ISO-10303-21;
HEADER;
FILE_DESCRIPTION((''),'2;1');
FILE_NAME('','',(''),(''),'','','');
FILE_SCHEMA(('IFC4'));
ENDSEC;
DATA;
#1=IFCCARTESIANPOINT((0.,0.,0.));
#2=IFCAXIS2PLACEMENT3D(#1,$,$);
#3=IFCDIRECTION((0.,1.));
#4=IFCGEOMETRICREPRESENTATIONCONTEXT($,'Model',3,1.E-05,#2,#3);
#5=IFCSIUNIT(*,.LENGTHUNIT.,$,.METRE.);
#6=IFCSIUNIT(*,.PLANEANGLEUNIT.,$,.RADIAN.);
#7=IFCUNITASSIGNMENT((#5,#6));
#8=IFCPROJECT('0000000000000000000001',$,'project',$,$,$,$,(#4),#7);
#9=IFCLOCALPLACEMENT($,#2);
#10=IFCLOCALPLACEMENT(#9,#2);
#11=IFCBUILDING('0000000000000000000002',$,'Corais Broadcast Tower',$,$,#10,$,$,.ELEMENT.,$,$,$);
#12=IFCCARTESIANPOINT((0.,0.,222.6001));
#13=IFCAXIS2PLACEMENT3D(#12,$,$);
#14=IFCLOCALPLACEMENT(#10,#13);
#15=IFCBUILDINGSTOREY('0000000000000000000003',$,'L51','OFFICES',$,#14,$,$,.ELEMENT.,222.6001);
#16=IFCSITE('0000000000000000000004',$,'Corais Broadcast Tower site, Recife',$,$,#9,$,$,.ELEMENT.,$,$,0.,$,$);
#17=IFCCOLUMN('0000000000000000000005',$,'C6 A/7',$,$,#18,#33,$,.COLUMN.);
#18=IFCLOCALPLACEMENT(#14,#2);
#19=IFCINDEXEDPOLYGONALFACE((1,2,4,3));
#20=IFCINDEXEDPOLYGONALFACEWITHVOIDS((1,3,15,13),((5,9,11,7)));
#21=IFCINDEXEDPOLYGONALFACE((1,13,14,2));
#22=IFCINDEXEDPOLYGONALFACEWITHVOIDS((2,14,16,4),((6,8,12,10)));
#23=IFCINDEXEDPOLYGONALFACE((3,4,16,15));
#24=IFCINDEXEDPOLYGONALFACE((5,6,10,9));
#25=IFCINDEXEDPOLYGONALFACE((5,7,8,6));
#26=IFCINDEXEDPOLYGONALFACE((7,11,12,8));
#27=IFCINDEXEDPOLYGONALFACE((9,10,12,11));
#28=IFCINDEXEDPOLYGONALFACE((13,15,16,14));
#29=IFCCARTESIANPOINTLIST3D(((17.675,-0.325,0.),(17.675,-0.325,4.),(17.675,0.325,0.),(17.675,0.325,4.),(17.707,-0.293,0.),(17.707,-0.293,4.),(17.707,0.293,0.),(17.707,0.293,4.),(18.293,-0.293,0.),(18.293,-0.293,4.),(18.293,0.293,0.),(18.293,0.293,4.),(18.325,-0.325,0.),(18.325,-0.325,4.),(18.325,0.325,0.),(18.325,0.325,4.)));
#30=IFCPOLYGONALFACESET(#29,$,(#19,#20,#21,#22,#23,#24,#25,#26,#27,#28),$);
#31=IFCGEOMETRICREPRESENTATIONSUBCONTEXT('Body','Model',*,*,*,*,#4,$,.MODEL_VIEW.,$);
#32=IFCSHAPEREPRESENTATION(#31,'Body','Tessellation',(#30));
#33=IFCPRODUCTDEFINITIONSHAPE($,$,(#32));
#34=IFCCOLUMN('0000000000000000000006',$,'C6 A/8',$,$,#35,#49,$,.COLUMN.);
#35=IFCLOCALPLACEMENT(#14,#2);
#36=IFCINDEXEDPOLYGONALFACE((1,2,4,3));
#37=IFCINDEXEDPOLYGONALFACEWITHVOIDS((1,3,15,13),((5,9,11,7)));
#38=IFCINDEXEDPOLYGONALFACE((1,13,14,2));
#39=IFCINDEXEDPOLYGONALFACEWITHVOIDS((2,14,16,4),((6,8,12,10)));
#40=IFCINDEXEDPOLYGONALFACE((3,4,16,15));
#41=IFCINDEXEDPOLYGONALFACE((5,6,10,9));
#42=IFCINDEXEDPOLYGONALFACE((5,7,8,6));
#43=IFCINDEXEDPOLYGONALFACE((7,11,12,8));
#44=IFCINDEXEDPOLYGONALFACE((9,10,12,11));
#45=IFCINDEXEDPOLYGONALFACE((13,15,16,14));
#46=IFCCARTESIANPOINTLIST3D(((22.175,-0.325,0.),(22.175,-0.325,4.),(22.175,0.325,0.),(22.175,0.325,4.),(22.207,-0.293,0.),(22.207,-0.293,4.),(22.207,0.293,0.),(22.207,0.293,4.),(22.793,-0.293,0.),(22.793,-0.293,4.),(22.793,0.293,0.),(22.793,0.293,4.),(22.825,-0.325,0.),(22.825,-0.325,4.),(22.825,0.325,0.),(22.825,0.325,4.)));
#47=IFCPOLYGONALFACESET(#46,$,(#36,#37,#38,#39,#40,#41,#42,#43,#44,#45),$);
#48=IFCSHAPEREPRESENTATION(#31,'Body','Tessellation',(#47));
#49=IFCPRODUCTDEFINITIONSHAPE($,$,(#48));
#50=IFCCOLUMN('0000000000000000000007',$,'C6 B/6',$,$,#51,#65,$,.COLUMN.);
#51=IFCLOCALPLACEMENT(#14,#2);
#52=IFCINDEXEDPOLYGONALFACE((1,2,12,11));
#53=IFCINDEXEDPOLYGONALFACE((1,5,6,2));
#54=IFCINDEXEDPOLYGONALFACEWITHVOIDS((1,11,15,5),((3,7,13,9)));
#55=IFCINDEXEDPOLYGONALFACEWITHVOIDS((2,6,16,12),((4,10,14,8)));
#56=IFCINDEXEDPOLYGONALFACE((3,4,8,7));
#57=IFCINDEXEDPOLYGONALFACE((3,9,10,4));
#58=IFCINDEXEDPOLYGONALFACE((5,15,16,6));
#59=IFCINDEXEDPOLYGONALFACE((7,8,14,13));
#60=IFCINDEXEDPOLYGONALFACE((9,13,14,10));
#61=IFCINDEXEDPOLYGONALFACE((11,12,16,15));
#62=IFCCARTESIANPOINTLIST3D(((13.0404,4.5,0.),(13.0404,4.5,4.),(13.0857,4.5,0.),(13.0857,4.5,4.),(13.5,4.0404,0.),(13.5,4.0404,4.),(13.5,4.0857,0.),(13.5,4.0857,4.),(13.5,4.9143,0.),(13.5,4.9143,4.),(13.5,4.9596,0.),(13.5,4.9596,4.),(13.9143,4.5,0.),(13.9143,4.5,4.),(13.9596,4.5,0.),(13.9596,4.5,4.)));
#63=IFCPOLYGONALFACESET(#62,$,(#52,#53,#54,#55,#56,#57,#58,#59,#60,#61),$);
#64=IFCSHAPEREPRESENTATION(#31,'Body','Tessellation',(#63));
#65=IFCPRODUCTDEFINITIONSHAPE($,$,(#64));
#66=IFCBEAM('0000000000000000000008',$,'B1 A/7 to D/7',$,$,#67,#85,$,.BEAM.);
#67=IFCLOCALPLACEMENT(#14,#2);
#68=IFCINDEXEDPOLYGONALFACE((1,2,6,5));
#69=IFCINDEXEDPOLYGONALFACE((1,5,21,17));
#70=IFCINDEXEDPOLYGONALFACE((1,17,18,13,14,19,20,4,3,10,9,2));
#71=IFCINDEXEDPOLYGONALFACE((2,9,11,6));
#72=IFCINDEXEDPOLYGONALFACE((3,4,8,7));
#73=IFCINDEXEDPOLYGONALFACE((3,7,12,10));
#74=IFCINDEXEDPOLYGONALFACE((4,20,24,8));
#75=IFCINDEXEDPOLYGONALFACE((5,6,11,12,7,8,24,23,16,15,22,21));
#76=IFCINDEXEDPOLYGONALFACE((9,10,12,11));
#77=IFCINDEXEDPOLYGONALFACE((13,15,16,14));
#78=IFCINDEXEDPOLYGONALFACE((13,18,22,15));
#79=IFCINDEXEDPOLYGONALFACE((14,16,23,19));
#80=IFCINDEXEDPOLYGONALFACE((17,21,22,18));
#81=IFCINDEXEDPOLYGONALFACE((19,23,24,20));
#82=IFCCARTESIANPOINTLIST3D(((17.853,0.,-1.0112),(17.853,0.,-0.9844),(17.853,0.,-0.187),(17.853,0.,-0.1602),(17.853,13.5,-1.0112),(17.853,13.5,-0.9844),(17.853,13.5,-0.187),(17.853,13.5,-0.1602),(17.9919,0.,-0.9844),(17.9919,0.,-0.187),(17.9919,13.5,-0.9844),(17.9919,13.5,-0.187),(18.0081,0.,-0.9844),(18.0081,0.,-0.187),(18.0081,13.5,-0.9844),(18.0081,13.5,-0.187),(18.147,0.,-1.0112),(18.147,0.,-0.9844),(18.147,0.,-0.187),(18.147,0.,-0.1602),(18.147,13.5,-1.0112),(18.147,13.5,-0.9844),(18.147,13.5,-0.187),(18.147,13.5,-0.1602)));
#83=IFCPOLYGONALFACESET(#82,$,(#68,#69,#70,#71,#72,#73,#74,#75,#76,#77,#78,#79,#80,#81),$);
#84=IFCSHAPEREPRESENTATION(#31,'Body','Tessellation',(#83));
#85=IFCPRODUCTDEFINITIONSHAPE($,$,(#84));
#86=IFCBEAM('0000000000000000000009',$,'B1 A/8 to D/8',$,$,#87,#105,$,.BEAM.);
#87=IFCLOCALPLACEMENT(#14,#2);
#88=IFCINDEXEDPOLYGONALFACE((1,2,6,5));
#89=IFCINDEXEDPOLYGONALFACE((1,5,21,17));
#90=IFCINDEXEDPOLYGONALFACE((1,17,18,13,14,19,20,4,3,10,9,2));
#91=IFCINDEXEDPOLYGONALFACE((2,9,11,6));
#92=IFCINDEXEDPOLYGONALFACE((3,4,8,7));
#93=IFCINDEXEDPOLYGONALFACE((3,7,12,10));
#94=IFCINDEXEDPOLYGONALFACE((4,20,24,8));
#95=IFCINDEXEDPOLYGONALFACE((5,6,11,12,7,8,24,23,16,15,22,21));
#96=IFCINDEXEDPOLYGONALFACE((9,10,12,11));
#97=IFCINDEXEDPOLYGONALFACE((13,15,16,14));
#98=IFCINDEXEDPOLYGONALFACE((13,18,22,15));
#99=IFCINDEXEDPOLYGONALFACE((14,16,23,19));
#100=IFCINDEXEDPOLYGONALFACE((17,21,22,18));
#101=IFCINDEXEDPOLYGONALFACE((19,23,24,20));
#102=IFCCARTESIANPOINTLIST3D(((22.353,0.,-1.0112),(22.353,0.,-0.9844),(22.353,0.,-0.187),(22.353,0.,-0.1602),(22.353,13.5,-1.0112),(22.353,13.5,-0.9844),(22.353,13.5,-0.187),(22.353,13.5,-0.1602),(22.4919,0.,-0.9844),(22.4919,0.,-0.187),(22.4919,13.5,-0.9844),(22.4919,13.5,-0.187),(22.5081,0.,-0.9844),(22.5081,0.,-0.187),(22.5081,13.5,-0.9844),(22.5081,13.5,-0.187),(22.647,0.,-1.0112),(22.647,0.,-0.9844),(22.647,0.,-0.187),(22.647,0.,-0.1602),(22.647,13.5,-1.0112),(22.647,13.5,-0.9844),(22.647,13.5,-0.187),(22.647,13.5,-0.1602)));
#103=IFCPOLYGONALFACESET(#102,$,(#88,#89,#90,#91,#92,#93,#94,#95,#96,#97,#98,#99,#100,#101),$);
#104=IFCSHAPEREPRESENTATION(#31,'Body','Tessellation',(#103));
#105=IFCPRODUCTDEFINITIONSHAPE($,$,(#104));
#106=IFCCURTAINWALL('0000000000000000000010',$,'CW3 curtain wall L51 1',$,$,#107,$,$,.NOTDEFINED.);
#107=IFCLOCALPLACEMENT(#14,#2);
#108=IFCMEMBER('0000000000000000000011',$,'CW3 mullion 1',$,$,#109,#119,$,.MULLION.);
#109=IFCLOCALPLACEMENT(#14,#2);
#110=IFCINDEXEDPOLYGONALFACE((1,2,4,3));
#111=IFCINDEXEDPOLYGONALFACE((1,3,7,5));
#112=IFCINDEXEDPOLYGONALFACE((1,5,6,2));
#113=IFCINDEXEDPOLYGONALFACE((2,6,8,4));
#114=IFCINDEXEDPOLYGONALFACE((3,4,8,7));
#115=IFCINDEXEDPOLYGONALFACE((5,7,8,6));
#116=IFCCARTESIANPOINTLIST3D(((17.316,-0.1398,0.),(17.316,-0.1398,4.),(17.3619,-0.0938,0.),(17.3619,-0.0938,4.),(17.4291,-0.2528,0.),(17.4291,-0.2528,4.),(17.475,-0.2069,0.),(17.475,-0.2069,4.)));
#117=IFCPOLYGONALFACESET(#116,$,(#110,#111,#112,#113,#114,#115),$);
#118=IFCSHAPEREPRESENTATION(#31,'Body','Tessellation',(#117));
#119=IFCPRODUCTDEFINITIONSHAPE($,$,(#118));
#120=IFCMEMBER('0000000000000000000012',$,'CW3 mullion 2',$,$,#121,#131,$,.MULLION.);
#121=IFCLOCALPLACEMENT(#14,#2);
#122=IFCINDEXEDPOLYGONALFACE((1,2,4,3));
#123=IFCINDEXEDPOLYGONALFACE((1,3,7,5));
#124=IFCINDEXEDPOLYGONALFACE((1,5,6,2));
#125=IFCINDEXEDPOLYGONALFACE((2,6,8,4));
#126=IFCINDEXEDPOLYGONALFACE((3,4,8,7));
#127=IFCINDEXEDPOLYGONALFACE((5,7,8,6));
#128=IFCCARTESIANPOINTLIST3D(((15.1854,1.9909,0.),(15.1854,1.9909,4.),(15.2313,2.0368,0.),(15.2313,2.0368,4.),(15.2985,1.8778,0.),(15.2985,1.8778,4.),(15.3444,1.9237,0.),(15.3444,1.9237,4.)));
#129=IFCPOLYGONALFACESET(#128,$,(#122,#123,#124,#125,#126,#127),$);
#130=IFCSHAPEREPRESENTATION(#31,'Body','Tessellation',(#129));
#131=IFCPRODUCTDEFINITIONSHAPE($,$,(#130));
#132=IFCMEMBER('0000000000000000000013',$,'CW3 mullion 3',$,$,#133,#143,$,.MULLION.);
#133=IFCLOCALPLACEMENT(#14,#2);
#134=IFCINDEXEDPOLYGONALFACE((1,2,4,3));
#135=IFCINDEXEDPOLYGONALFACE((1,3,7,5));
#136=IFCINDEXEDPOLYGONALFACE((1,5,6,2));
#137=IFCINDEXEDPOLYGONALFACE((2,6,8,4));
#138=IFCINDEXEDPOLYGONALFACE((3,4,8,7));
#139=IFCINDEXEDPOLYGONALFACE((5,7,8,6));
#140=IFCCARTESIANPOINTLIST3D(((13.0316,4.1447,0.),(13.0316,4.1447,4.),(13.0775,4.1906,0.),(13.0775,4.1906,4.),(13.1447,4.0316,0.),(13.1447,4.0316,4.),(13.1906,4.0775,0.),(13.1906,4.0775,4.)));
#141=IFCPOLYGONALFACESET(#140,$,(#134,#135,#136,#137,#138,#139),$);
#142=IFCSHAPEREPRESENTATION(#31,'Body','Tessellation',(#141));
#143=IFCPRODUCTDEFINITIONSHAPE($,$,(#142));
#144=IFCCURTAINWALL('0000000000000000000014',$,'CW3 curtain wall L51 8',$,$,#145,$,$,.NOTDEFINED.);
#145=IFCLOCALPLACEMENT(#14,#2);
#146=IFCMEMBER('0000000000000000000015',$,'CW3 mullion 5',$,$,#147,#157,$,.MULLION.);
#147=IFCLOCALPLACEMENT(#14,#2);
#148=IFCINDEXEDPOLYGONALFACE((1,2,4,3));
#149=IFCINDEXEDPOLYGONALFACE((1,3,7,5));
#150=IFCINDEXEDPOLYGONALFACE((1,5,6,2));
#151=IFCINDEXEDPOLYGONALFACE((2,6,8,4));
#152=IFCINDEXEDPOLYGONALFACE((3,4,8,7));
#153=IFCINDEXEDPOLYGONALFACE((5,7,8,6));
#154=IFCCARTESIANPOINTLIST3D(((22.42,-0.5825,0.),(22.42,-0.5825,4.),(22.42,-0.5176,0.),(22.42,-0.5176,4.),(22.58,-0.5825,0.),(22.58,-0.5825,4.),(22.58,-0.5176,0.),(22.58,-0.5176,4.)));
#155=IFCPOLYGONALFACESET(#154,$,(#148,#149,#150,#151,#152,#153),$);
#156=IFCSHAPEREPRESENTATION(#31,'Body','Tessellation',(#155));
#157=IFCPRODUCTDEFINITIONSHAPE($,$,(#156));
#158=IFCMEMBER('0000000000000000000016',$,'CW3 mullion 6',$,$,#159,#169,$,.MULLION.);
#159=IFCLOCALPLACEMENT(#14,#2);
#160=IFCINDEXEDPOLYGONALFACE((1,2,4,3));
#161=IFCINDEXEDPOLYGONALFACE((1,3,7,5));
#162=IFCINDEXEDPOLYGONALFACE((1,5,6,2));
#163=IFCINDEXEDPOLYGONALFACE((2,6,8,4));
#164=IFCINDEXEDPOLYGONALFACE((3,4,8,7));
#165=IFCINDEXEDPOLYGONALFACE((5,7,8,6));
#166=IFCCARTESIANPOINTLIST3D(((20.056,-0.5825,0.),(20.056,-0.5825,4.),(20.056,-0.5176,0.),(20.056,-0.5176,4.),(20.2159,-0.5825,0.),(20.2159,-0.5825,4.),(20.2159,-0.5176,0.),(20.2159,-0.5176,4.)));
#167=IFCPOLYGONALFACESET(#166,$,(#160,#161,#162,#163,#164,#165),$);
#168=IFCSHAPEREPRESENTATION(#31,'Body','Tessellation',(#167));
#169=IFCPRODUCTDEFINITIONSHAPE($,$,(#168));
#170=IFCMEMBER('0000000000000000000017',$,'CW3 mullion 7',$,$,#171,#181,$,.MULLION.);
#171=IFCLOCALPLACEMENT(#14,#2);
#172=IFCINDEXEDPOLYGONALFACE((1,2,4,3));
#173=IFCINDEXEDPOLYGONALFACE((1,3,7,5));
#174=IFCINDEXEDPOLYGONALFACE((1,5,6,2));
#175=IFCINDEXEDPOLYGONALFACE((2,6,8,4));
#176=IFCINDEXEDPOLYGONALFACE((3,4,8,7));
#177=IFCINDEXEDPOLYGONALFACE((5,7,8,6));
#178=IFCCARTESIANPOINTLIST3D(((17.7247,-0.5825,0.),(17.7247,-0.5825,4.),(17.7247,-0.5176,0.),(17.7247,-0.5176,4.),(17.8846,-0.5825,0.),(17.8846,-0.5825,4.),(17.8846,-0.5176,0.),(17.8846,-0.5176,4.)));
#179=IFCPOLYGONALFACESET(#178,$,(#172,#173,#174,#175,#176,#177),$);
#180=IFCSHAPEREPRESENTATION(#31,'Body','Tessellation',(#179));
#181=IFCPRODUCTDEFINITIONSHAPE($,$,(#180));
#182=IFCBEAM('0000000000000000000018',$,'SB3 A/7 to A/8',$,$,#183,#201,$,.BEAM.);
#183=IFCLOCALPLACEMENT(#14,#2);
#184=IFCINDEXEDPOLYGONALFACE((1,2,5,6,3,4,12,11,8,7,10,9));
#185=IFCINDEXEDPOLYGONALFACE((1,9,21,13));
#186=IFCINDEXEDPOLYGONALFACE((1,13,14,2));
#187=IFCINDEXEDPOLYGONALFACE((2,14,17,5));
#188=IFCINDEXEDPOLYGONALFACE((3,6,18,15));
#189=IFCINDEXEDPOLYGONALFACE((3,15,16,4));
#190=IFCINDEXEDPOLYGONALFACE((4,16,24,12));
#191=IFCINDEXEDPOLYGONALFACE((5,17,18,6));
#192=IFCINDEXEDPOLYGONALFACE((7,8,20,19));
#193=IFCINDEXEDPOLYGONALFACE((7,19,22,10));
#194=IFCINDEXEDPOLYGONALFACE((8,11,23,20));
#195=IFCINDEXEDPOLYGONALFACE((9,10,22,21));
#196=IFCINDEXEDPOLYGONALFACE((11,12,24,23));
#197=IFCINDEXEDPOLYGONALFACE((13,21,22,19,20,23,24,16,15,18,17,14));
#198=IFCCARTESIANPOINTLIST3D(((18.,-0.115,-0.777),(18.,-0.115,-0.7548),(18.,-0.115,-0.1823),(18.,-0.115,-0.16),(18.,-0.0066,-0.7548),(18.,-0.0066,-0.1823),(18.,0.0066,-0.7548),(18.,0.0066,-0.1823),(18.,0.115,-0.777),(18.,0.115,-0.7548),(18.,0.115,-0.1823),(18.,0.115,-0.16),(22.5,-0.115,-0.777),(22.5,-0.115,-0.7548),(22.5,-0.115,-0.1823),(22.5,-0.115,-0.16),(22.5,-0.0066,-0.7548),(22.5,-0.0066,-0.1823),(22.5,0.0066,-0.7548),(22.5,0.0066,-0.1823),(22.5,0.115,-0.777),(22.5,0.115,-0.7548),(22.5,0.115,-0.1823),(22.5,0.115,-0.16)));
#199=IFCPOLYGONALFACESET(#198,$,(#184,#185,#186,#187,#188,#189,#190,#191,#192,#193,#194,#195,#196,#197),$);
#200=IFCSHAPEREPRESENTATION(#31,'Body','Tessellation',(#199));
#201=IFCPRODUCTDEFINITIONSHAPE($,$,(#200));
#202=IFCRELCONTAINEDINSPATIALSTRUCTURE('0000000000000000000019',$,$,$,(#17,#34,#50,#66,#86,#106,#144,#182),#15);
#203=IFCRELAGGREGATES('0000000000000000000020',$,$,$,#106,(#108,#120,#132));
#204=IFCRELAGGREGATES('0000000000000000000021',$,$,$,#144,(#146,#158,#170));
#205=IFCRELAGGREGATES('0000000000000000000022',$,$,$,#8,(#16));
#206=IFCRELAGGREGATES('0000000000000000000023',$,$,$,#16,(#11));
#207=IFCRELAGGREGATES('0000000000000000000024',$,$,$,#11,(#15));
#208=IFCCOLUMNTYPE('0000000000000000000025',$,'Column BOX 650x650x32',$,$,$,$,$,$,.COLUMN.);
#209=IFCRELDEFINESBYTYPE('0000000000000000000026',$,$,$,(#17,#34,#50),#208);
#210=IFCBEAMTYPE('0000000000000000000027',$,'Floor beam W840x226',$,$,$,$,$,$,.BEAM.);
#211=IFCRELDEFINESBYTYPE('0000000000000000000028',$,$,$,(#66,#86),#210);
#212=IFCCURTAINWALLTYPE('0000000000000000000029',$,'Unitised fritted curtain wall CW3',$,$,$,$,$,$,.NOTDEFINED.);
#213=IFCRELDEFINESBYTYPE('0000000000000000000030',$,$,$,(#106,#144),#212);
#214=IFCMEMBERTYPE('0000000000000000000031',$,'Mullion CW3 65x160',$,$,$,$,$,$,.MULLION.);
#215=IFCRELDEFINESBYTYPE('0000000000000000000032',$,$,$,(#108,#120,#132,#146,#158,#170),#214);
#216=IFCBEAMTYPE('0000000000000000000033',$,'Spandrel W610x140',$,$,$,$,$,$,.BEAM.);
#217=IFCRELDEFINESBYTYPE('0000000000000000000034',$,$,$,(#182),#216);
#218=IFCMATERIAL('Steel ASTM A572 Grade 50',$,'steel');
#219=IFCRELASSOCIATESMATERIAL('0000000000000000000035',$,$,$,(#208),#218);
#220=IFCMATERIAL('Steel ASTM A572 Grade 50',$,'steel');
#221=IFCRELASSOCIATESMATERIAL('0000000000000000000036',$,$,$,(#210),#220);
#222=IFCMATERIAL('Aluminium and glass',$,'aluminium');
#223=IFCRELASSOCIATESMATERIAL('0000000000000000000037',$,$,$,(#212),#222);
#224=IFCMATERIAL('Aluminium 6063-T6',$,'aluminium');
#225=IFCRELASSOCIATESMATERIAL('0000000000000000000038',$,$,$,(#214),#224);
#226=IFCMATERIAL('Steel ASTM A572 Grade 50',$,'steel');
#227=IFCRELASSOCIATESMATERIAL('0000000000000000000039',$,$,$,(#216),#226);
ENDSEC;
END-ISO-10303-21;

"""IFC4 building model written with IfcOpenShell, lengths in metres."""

from ifc_helpers import new_model, si_unit, direction, frame, origin, origin_2d, place, context, subcontext, project, spatial, rectangle, hollow_rectangle, i_section, extrude, material, material_profile, profile_set, type_object, element, aggregate, save


model = new_model("IFC4")

# Units and contexts
model_context = context("Model", 3, precision=1e-05, world=origin(), true_north=direction((0.0, 1.0)))
body_context = subcontext(model_context, "Body", "Model", "MODEL_VIEW")
ifc_project = project(units=[si_unit("LENGTHUNIT", "METRE"), si_unit("PLANEANGLEUNIT", "RADIAN")], contexts=[model_context])

# Site, building, storey
site_placement = place(None, origin())
site = spatial("IfcSite", under=ifc_project, at=site_placement, Name="Corais Broadcast Tower site, Recife", CompositionType="ELEMENT", RefElevation=0.0)
building_placement = place(site_placement, origin())
building = spatial("IfcBuilding", under=site, at=building_placement, Name="Corais Broadcast Tower", CompositionType="ELEMENT")
storey_placement = place(building_placement, frame((0.0, 0.0, 222.6001)))
storey = spatial("IfcBuildingStorey", under=building, at=storey_placement, Name="L51", Description="OFFICES", CompositionType="ELEMENT", Elevation=222.6001)

# Columns
ifc_material_1 = material(Name="Steel ASTM A572 Grade 50", Category="steel")
ifc_material_profile_1 = material_profile(ifc_material_1, hollow_rectangle(XDim=0.6499, YDim=0.6499, WallThickness=0.032, at=origin_2d()), Name="BOX 650x650x32")
ifc_profile_set_1 = profile_set([ifc_material_profile_1], Name="Steel ASTM A572 Grade 50")
column_type = type_object("IfcColumnType", Name="Column BOX 650x650x32", PredefinedType="COLUMN", material=ifc_profile_set_1)
for number, where, z_axis, x_axis, name in (
    (1, (18.0, 0.0, 0.0), (0.0, 0.0, 1.0), (1.0, 0.0, 0.0), "C6 A/7"),
    (2, (22.5, 0.0, 0.0), (0.0, 0.0, 1.0), (1.0, 0.0, 0.0), "C6 A/8"),
    (3, (13.5, 4.5, 0.0), (0.0, 0.0, 1.0), (0.707107, 0.707107, 0.0), "C6 B/6"),
):
    element("IfcColumn", number, at=place(storey_placement, frame(where, z_axis=z_axis, x_axis=x_axis)), inside=storey, type_object=column_type, Name=name, PredefinedType="COLUMN", context=body_context, shape_type="SweptSolid", body=[
        extrude(hollow_rectangle(XDim=0.6499, YDim=0.6499, WallThickness=0.032, at=origin_2d()), origin(), (0.0, 0.0, 1.0), 4.0),
    ])

# Beams
ifc_material_2 = material(Name="Steel ASTM A572 Grade 50", Category="steel")
ifc_material_profile_2 = material_profile(ifc_material_2, i_section(OverallWidth=0.2939, OverallDepth=0.8511, WebThickness=0.0161, FlangeThickness=0.0269, at=origin_2d()), Name="W840x226")
ifc_profile_set_2 = profile_set([ifc_material_profile_2], Name="Steel ASTM A572 Grade 50")
beam_type_1 = type_object("IfcBeamType", Name="Floor beam W840x226", PredefinedType="BEAM", material=ifc_profile_set_2)
for number, where, z_axis, x_axis, name in (
    (4, (18.0, 0.0, -0.5857), (0.0, 1.0, 0.0), (-1.0, 0.0, 0.0), "B1 A/7 to D/7"),
    (5, (22.5, 0.0, -0.5857), (0.0, 1.0, 0.0), (-1.0, 0.0, 0.0), "B1 A/8 to D/8"),
):
    element("IfcBeam", number, at=place(storey_placement, frame(where, z_axis=z_axis, x_axis=x_axis)), inside=storey, type_object=beam_type_1, Name=name, PredefinedType="BEAM", context=body_context, shape_type="SweptSolid", body=[
        extrude(i_section(OverallWidth=0.2939, OverallDepth=0.8511, WebThickness=0.0161, FlangeThickness=0.0269, at=origin_2d()), origin(), (0.0, 0.0, 1.0), 13.5),
    ])

# Curtain walls, members
ifc_material_3 = material(Name="Aluminium and glass", Category="aluminium")
curtain_wall_type = type_object("IfcCurtainWallType", Name="Unitised fritted curtain wall CW3", PredefinedType="NOTDEFINED", material=ifc_material_3)
curtain_wall_1_placement = place(storey_placement, origin())
curtain_wall_1 = element("IfcCurtainWall", 6, at=curtain_wall_1_placement, inside=storey, type_object=curtain_wall_type, Name="CW3 curtain wall L51 1", PredefinedType="NOTDEFINED")
ifc_material_4 = material(Name="Aluminium 6063-T6", Category="aluminium")
ifc_material_profile_3 = material_profile(ifc_material_4, rectangle(XDim=0.0649, YDim=0.1599, at=origin_2d()), Name="Mullion CW3 65x160")
ifc_profile_set_3 = profile_set([ifc_material_profile_3], Name="Aluminium 6063-T6")
member_type_1 = type_object("IfcMemberType", Name="Mullion CW3 65x160", PredefinedType="MULLION", material=ifc_profile_set_3)
member_1_placement = place(storey_placement, frame((17.3955, -0.1733, 0.0), z_axis=(0.0, 0.0, 1.0), x_axis=(-0.707107, -0.707107, 0.0)))
member_1 = element("IfcMember", 7, at=member_1_placement, type_object=member_type_1, Name="CW3 mullion 1", PredefinedType="MULLION", context=body_context, shape_type="SweptSolid", body=[
    extrude(rectangle(XDim=0.0649, YDim=0.1599, at=origin_2d()), origin(), (0.0, 0.0, 1.0), 4.0),
])
member_2_placement = place(storey_placement, frame((15.2649, 1.9573, 0.0), z_axis=(0.0, 0.0, 1.0), x_axis=(-0.707107, -0.707107, 0.0)))
member_2 = element("IfcMember", 8, at=member_2_placement, type_object=member_type_1, Name="CW3 mullion 2", PredefinedType="MULLION", context=body_context, shape_type="SweptSolid", body=[
    extrude(rectangle(XDim=0.0649, YDim=0.1599, at=origin_2d()), origin(), (0.0, 0.0, 1.0), 4.0),
])
member_3_placement = place(storey_placement, frame((13.1111, 4.1111, 0.0), z_axis=(0.0, 0.0, 1.0), x_axis=(-0.707107, -0.707107, 0.0)))
member_3 = element("IfcMember", 9, at=member_3_placement, type_object=member_type_1, Name="CW3 mullion 3", PredefinedType="MULLION", context=body_context, shape_type="SweptSolid", body=[
    extrude(rectangle(XDim=0.0649, YDim=0.1599, at=origin_2d()), origin(), (0.0, 0.0, 1.0), 4.0),
])
curtain_wall_2_placement = place(storey_placement, origin())
curtain_wall_2 = element("IfcCurtainWall", 10, at=curtain_wall_2_placement, inside=storey, type_object=curtain_wall_type, Name="CW3 curtain wall L51 8", PredefinedType="NOTDEFINED")
member_4_placement = place(storey_placement, frame((22.5, -0.55, 0.0), z_axis=(0.0, 0.0, 1.0), x_axis=(0.0, -1.0, 0.0)))
member_4 = element("IfcMember", 11, at=member_4_placement, type_object=member_type_1, Name="CW3 mullion 5", PredefinedType="MULLION", context=body_context, shape_type="SweptSolid", body=[
    extrude(rectangle(XDim=0.0649, YDim=0.1599, at=origin_2d()), origin(), (0.0, 0.0, 1.0), 4.0),
])
member_5_placement = place(storey_placement, frame((20.136, -0.55, 0.0), z_axis=(0.0, 0.0, 1.0), x_axis=(0.0, -1.0, 0.0)))
member_5 = element("IfcMember", 12, at=member_5_placement, type_object=member_type_1, Name="CW3 mullion 6", PredefinedType="MULLION", context=body_context, shape_type="SweptSolid", body=[
    extrude(rectangle(XDim=0.0649, YDim=0.1599, at=origin_2d()), origin(), (0.0, 0.0, 1.0), 4.0),
])
member_6_placement = place(storey_placement, frame((17.8047, -0.55, 0.0), z_axis=(0.0, 0.0, 1.0), x_axis=(0.0, -1.0, 0.0)))
member_6 = element("IfcMember", 13, at=member_6_placement, type_object=member_type_1, Name="CW3 mullion 7", PredefinedType="MULLION", context=body_context, shape_type="SweptSolid", body=[
    extrude(rectangle(XDim=0.0649, YDim=0.1599, at=origin_2d()), origin(), (0.0, 0.0, 1.0), 4.0),
])

# Beam
ifc_material_5 = material(Name="Steel ASTM A572 Grade 50", Category="steel")
ifc_material_profile_4 = material_profile(ifc_material_5, i_section(OverallWidth=0.23, OverallDepth=0.6169, WebThickness=0.0132, FlangeThickness=0.0222, at=origin_2d()), Name="W610x140")
ifc_profile_set_4 = profile_set([ifc_material_profile_4], Name="Steel ASTM A572 Grade 50")
beam_type_2 = type_object("IfcBeamType", Name="Spandrel W610x140", PredefinedType="BEAM", material=ifc_profile_set_4)
for number, where, z_axis, x_axis, name in (
    (14, (18.0, 0.0, -0.4685), (1.0, 0.0, 0.0), (0.0, 1.0, 0.0), "SB3 A/7 to A/8"),
):
    element("IfcBeam", number, at=place(storey_placement, frame(where, z_axis=z_axis, x_axis=x_axis)), inside=storey, type_object=beam_type_2, Name=name, PredefinedType="BEAM", context=body_context, shape_type="SweptSolid", body=[
        extrude(i_section(OverallWidth=0.23, OverallDepth=0.6169, WebThickness=0.0132, FlangeThickness=0.0222, at=origin_2d()), origin(), (0.0, 0.0, 1.0), 4.5),
    ])

aggregate(curtain_wall_1, [member_1, member_2, member_3])
aggregate(curtain_wall_2, [member_4, member_5, member_6])

save(model, "model.ifc")
